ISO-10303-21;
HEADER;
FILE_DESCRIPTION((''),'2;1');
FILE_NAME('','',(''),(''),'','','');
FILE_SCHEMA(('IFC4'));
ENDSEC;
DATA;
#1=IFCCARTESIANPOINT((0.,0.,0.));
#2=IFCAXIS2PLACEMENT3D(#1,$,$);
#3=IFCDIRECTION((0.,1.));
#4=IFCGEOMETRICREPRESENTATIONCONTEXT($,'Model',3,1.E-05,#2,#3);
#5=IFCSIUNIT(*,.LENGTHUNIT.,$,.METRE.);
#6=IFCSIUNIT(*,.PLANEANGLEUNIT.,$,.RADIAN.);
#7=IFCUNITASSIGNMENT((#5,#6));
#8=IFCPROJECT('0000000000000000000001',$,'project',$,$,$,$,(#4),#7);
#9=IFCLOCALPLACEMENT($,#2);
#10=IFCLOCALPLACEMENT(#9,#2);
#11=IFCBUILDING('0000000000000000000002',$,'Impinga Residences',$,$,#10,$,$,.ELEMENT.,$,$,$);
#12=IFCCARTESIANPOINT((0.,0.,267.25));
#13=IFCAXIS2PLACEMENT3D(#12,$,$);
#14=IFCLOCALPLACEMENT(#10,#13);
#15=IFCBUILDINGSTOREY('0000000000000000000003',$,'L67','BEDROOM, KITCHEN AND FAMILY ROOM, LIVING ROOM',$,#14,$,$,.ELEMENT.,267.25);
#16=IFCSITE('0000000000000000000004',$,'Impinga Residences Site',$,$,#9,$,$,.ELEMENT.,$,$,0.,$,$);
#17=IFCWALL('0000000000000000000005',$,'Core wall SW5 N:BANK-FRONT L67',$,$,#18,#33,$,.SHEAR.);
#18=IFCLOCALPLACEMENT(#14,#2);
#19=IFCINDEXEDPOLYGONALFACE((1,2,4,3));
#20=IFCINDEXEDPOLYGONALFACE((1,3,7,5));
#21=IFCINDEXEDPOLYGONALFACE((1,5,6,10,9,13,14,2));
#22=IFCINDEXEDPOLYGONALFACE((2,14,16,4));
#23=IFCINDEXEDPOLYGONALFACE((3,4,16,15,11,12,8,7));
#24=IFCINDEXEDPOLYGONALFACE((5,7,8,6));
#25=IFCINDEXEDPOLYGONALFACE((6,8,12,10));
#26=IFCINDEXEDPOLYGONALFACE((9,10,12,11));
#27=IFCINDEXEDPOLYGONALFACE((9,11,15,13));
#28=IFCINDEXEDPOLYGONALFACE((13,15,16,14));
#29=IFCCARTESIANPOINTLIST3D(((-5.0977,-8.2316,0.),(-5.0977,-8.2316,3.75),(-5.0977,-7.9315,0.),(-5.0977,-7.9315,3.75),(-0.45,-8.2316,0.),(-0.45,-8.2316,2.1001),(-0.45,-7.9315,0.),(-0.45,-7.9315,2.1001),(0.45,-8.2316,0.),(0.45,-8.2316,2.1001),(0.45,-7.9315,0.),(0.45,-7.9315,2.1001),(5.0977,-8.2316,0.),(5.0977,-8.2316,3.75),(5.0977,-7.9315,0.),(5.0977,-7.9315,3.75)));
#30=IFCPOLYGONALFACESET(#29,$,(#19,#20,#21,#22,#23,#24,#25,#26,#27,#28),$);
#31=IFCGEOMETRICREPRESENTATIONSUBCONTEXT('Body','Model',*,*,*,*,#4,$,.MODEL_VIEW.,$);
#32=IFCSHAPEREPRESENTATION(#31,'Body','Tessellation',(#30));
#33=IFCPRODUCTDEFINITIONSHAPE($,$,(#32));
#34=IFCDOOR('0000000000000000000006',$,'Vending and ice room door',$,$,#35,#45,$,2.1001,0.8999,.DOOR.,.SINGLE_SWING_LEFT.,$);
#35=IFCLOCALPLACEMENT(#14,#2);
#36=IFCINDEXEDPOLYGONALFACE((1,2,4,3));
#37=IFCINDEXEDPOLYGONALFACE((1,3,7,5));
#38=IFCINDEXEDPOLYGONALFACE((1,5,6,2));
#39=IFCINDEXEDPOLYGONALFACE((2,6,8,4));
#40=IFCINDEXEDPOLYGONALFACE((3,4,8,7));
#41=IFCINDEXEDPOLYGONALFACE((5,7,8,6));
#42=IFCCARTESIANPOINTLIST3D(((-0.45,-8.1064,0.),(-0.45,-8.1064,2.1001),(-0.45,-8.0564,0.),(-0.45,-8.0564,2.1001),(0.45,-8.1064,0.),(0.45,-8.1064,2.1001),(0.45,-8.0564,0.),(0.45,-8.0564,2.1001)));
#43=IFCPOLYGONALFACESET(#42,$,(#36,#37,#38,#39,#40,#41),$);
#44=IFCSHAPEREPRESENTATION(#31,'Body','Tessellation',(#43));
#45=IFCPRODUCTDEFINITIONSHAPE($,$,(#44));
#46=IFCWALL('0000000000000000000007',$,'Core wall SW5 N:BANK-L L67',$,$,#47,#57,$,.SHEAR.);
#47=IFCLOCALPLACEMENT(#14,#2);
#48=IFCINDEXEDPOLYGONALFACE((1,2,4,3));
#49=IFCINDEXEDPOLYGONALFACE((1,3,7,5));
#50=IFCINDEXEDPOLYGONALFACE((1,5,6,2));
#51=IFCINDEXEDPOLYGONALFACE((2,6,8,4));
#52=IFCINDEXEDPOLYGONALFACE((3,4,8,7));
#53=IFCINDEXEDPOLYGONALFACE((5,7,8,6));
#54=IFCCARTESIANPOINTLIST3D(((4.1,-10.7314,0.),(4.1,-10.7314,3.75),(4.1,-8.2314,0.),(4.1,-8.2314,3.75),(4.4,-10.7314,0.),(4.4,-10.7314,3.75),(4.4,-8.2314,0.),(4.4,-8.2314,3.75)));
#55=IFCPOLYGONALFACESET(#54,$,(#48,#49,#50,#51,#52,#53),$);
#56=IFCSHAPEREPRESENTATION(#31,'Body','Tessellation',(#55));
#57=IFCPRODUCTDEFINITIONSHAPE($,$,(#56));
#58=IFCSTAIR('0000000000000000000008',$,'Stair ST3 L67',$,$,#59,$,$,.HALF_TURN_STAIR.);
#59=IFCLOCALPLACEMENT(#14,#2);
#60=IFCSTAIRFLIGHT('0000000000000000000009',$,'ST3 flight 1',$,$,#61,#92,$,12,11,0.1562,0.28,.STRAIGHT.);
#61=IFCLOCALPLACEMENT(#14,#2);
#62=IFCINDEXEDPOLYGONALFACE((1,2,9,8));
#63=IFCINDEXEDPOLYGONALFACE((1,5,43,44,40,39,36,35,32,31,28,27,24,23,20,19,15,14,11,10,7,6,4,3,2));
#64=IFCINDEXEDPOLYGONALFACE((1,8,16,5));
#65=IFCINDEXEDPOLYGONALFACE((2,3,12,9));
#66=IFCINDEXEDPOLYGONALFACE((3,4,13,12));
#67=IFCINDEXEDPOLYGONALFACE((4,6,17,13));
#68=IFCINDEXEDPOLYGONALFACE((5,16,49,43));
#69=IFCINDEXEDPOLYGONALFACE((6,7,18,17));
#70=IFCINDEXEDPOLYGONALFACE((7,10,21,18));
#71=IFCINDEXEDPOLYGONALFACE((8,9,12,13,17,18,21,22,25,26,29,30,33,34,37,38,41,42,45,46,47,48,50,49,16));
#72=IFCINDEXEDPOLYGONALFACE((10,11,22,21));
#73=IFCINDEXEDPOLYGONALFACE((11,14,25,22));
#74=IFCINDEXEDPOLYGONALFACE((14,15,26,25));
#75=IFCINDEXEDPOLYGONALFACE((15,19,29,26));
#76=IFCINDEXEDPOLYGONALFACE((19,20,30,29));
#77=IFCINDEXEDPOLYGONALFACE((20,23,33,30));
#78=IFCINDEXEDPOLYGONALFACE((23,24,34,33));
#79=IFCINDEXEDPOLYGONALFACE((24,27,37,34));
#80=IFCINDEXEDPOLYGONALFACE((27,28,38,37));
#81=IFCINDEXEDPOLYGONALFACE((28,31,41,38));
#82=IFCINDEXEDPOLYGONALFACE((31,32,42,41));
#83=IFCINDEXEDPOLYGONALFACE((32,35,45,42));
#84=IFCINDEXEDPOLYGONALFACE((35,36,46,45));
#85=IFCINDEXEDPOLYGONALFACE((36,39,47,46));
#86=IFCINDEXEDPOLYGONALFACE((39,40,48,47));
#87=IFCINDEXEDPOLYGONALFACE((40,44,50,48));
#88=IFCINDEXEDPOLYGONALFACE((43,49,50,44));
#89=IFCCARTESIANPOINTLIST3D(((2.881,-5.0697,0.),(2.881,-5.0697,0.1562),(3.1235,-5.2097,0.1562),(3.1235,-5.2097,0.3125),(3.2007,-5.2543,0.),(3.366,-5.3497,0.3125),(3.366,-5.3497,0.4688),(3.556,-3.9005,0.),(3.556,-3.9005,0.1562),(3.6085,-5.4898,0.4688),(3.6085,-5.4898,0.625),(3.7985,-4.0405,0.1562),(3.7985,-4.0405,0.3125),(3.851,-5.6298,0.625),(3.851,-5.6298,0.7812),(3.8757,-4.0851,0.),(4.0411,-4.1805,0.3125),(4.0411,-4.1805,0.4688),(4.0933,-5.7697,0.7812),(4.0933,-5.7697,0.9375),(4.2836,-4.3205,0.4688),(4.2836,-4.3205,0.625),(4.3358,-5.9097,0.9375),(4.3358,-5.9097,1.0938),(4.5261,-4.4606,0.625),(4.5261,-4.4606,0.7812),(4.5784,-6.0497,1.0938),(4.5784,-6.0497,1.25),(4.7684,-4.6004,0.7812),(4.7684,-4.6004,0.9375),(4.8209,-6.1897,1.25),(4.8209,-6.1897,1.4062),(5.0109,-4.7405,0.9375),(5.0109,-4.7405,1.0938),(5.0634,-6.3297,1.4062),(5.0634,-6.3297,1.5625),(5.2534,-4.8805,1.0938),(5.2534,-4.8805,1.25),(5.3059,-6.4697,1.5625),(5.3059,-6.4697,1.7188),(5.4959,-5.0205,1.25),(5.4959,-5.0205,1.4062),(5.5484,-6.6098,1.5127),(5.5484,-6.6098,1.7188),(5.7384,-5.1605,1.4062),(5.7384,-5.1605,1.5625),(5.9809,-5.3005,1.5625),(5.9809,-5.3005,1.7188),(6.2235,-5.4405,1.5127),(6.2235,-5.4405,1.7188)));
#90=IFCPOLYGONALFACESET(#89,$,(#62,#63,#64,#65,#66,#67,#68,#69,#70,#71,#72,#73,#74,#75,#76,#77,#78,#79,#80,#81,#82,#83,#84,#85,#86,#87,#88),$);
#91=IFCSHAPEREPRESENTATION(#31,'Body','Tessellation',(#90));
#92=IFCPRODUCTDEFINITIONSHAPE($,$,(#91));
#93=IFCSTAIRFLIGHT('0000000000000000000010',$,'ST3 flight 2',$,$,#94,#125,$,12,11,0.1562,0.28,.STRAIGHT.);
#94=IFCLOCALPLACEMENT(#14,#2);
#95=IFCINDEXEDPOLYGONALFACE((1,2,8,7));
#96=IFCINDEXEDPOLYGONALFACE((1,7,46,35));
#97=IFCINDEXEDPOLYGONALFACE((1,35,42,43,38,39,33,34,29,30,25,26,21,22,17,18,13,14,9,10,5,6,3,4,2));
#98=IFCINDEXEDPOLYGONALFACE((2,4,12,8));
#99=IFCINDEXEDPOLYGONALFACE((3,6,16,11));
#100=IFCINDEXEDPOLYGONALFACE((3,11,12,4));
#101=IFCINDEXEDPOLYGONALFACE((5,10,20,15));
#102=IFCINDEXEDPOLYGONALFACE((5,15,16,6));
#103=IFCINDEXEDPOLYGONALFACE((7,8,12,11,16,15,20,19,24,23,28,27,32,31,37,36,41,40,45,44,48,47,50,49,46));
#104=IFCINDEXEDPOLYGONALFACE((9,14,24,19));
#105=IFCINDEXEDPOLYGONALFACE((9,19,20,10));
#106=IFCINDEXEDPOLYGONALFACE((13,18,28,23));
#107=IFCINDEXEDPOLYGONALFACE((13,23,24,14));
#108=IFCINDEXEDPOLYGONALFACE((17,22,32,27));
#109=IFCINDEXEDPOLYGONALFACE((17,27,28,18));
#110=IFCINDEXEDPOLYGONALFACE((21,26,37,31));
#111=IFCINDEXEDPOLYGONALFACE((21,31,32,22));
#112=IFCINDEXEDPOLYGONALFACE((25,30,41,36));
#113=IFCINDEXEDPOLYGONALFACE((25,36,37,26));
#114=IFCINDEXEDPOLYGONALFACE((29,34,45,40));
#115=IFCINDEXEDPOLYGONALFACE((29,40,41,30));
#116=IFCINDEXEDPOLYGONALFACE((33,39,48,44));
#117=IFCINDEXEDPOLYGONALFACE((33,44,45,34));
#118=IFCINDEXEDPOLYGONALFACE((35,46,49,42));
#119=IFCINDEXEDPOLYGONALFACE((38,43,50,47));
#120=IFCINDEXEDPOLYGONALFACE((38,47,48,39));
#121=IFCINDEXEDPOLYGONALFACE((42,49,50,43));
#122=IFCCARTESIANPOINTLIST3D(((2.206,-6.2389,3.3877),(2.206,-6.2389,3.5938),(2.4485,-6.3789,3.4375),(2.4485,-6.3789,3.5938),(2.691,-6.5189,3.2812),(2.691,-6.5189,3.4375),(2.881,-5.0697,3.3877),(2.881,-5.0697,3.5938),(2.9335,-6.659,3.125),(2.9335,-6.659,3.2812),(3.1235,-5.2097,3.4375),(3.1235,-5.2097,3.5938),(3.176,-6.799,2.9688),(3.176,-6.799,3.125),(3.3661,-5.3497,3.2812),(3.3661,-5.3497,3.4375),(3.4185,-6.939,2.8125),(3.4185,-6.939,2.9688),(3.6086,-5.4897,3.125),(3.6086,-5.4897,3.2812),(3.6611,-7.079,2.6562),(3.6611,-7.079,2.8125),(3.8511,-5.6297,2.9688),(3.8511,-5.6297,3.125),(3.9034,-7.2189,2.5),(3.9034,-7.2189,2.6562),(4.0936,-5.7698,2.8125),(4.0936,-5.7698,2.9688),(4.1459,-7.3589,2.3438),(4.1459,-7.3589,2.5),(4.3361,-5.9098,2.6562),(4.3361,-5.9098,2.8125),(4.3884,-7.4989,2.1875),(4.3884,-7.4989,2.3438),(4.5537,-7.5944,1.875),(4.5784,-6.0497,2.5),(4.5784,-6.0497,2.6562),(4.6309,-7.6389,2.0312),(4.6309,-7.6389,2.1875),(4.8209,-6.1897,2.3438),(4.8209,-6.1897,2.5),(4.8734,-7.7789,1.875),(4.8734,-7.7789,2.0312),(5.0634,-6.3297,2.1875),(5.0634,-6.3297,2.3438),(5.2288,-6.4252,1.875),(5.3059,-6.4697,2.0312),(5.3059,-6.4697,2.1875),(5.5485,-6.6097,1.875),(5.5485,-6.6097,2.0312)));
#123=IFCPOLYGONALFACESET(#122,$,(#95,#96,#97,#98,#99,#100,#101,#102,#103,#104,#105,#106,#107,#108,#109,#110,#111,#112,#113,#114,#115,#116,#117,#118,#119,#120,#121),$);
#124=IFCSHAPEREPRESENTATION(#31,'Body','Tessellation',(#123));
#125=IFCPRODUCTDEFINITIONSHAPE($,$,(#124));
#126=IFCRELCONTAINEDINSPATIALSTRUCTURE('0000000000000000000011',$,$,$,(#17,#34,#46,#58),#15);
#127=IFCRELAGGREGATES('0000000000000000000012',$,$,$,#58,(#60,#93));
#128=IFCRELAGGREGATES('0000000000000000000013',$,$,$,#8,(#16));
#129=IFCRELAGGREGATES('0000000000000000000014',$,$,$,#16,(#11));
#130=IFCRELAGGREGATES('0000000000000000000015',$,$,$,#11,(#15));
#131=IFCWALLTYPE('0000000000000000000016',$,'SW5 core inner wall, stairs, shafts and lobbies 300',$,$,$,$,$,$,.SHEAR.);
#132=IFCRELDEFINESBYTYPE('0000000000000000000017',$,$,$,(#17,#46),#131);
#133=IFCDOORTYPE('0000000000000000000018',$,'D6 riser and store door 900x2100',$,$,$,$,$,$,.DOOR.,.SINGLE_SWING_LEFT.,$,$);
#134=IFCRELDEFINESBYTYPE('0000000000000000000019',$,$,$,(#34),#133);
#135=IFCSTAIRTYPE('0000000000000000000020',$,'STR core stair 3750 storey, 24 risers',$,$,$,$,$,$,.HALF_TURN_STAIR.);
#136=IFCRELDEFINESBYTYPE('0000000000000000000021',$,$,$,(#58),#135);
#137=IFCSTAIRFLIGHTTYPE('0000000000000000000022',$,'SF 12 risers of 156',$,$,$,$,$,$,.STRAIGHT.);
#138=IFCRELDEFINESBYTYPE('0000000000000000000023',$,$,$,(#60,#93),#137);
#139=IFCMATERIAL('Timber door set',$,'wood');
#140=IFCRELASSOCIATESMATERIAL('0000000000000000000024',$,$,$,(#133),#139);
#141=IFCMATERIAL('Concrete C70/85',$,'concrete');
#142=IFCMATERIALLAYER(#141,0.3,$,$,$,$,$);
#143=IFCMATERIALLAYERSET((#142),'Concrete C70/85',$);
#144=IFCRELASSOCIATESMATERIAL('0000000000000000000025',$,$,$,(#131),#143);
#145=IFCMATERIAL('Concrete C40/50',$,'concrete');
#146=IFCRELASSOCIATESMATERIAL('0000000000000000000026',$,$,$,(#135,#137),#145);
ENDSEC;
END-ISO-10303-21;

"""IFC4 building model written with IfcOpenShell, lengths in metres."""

from ifc_helpers import new_model, si_unit, direction, frame, frame_2d, origin, place, context, subcontext, project, spatial, polyline, rectangle, outline, extrude, material, layer, layer_set, type_object, element, fill, aggregate, save


model = new_model("IFC4")

# Units and contexts
model_context = context("Model", 3, precision=1e-05, world=origin(), true_north=direction((0.0, 1.0)))
body_context = subcontext(model_context, "Body", "Model", "MODEL_VIEW")
ifc_project = project(units=[si_unit("LENGTHUNIT", "METRE"), si_unit("PLANEANGLEUNIT", "RADIAN")], contexts=[model_context])

# Site, building, storey
site_placement = place(None, origin())
site = spatial("IfcSite", under=ifc_project, at=site_placement, Name="Impinga Residences Site", CompositionType="ELEMENT", RefElevation=0.0)
building_placement = place(site_placement, origin())
building = spatial("IfcBuilding", under=site, at=building_placement, Name="Impinga Residences", CompositionType="ELEMENT")
storey_placement = place(building_placement, frame((0.0, 0.0, 267.25)))
storey = spatial("IfcBuildingStorey", under=building, at=storey_placement, Name="L67", Description="BEDROOM, KITCHEN AND FAMILY ROOM, LIVING ROOM", CompositionType="ELEMENT", Elevation=267.25)

# Shared definitions
ifc_material_1 = material(Name="Timber door set", Category="wood")
door_type_1 = type_object("IfcDoorType", Name="D6 riser and store door 900x2100", OperationType="SINGLE_SWING_LEFT", PredefinedType="DOOR", material=ifc_material_1)

# Shared definitions
ifc_material_2 = material(Name="Concrete C70/85", Category="concrete")
ifc_layer_1 = layer(ifc_material_2, 0.3)
ifc_layer_set_1 = layer_set([ifc_layer_1], Name="Concrete C70/85")
wall_type_1 = type_object("IfcWallType", Name="SW5 core inner wall, stairs, shafts and lobbies 300", PredefinedType="SHEAR", material=ifc_layer_set_1)

# Wall, opening, door
wall_1_placement = place(storey_placement, frame((5.0977, -8.0815, 0.0), z_axis=(0.0, 0.0, 1.0), x_axis=(-1.0, 0.0, 0.0)))
wall_1 = element("IfcWall", 1, at=wall_1_placement, inside=storey, type_object=wall_type_1, Name="Core wall SW5 N:BANK-FRONT L67", PredefinedType="SHEAR", context=body_context, shape_type="SweptSolid", body=[
    extrude(rectangle(XDim=10.1953, YDim=0.3, at=frame_2d((5.0977, 0.0))), origin(), (0.0, 0.0, 1.0), 3.75),
])
opening_1_placement = place(wall_1_placement, frame((4.6477, 0.0, 0.0)))
opening_1 = element("IfcOpeningElement", 2, at=opening_1_placement, cuts=wall_1, PredefinedType="OPENING", context=body_context, shape_type="SweptSolid", body=[
    extrude(rectangle(XDim=0.8999, YDim=2.1001, at=frame_2d((0.45, 1.05))), frame((0.0, 0.1599, 0.0), z_axis=(0.0, -1.0, 0.0), x_axis=(1.0, 0.0, 0.0)), (0.0, 0.0, 1.0), 0.3201),
])
door_1_placement = place(opening_1_placement, origin())
door_1 = element("IfcDoor", 3, at=door_1_placement, inside=storey, type_object=door_type_1, Name="Vending and ice room door", OperationType="SINGLE_SWING_LEFT", OverallHeight=2.1001, OverallWidth=0.8999, PredefinedType="DOOR", context=body_context, shape_type="SweptSolid", body=[
    extrude(rectangle(XDim=0.8999, YDim=2.1001, at=frame_2d((0.45, 1.05))), frame((0.0, 0.0249, 0.0), z_axis=(0.0, -1.0, 0.0), x_axis=(1.0, 0.0, 0.0)), (0.0, 0.0, 1.0), 0.05),
])
fill(opening_1, door_1)

# Wall
wall_2_placement = place(storey_placement, frame((4.25, -8.2314, 0.0), z_axis=(0.0, 0.0, 1.0), x_axis=(0.0, -1.0, 0.0)))
element("IfcWall", 4, at=wall_2_placement, inside=storey, type_object=wall_type_1, Name="Core wall SW5 N:BANK-L L67", PredefinedType="SHEAR", context=body_context, shape_type="SweptSolid", body=[
    extrude(rectangle(XDim=2.5, YDim=0.3, at=frame_2d((1.25, 0.0))), origin(), (0.0, 0.0, 1.0), 3.75),
])

# Stair, stair flights
ifc_material_3 = material(Name="Concrete C40/50", Category="concrete")
stair_type = type_object("IfcStairType", Name="STR core stair 3750 storey, 24 risers", PredefinedType="HALF_TURN_STAIR", material=ifc_material_3)
stair_placement = place(storey_placement, origin())
stair = element("IfcStair", 5, at=stair_placement, inside=storey, type_object=stair_type, Name="Stair ST3 L67", PredefinedType="HALF_TURN_STAIR")
stair_flight_type = type_object("IfcStairFlightType", Name="SF 12 risers of 156", PredefinedType="STRAIGHT", material=ifc_material_3)
stair_flight_1_placement = place(storey_placement, frame((3.2185, -4.4851, 0.0), z_axis=(0.0, 0.0, 1.0), x_axis=(0.866025, -0.5, 0.0)))
stair_flight_1 = element("IfcStairFlight", 6, at=stair_flight_1_placement, type_object=stair_flight_type, Name="ST3 flight 1", NumberOfRisers=12, NumberOfTreads=11, PredefinedType="STRAIGHT", RiserHeight=0.1562, TreadLength=0.28, context=body_context, shape_type="SweptSolid", body=[
    extrude(outline(polyline([(0.0, 0.0), (0.0, 0.1562), (0.28, 0.1562), (0.28, 0.3125), (0.5601, 0.3125), (0.5601, 0.4688), (0.8401, 0.4688), (0.8401, 0.625), (1.1201, 0.625), (1.1201, 0.7812), (1.3999, 0.7812), (1.3999, 0.9375), (1.6799, 0.9375), (1.6799, 1.0938), (1.96, 1.0938), (1.96, 1.25), (2.24, 1.25), (2.24, 1.4062), (2.52, 1.4062), (2.52, 1.5625), (2.8, 1.5625), (2.8, 1.7188), (3.0801, 1.7188), (3.0801, 1.875), (3.0801, 1.5127), (0.3691, 0.0), (0.0, 0.0)])), frame((0.0, 0.675, 0.0), z_axis=(0.0, -1.0, 0.0), x_axis=(1.0, 0.0, 0.0)), (0.0, 0.0, 1.0), 1.3501),
])
stair_flight_2_placement = place(storey_placement, frame((5.2109, -7.1943, 1.875), z_axis=(0.0, 0.0, 1.0), x_axis=(-0.866025, 0.5, 0.0)))
stair_flight_2 = element("IfcStairFlight", 7, at=stair_flight_2_placement, type_object=stair_flight_type, Name="ST3 flight 2", NumberOfRisers=12, NumberOfTreads=11, PredefinedType="STRAIGHT", RiserHeight=0.1562, TreadLength=0.28, context=body_context, shape_type="SweptSolid", body=[
    extrude(outline(polyline([(0.0, 0.0), (0.0, 0.1562), (0.28, 0.1562), (0.28, 0.3125), (0.5601, 0.3125), (0.5601, 0.4688), (0.8401, 0.4688), (0.8401, 0.625), (1.1201, 0.625), (1.1201, 0.7812), (1.3999, 0.7812), (1.3999, 0.9375), (1.6799, 0.9375), (1.6799, 1.0938), (1.96, 1.0938), (1.96, 1.25), (2.24, 1.25), (2.24, 1.4062), (2.52, 1.4062), (2.52, 1.5625), (2.8, 1.5625), (2.8, 1.7188), (3.0801, 1.7188), (3.0801, 1.875), (3.0801, 1.5127), (0.3691, 0.0), (0.0, 0.0)])), frame((0.0, 0.675, 0.0), z_axis=(0.0, -1.0, 0.0), x_axis=(1.0, 0.0, 0.0)), (0.0, 0.0, 1.0), 1.3501),
])
aggregate(stair, [stair_flight_1, stair_flight_2])

save(model, "model.ifc")
